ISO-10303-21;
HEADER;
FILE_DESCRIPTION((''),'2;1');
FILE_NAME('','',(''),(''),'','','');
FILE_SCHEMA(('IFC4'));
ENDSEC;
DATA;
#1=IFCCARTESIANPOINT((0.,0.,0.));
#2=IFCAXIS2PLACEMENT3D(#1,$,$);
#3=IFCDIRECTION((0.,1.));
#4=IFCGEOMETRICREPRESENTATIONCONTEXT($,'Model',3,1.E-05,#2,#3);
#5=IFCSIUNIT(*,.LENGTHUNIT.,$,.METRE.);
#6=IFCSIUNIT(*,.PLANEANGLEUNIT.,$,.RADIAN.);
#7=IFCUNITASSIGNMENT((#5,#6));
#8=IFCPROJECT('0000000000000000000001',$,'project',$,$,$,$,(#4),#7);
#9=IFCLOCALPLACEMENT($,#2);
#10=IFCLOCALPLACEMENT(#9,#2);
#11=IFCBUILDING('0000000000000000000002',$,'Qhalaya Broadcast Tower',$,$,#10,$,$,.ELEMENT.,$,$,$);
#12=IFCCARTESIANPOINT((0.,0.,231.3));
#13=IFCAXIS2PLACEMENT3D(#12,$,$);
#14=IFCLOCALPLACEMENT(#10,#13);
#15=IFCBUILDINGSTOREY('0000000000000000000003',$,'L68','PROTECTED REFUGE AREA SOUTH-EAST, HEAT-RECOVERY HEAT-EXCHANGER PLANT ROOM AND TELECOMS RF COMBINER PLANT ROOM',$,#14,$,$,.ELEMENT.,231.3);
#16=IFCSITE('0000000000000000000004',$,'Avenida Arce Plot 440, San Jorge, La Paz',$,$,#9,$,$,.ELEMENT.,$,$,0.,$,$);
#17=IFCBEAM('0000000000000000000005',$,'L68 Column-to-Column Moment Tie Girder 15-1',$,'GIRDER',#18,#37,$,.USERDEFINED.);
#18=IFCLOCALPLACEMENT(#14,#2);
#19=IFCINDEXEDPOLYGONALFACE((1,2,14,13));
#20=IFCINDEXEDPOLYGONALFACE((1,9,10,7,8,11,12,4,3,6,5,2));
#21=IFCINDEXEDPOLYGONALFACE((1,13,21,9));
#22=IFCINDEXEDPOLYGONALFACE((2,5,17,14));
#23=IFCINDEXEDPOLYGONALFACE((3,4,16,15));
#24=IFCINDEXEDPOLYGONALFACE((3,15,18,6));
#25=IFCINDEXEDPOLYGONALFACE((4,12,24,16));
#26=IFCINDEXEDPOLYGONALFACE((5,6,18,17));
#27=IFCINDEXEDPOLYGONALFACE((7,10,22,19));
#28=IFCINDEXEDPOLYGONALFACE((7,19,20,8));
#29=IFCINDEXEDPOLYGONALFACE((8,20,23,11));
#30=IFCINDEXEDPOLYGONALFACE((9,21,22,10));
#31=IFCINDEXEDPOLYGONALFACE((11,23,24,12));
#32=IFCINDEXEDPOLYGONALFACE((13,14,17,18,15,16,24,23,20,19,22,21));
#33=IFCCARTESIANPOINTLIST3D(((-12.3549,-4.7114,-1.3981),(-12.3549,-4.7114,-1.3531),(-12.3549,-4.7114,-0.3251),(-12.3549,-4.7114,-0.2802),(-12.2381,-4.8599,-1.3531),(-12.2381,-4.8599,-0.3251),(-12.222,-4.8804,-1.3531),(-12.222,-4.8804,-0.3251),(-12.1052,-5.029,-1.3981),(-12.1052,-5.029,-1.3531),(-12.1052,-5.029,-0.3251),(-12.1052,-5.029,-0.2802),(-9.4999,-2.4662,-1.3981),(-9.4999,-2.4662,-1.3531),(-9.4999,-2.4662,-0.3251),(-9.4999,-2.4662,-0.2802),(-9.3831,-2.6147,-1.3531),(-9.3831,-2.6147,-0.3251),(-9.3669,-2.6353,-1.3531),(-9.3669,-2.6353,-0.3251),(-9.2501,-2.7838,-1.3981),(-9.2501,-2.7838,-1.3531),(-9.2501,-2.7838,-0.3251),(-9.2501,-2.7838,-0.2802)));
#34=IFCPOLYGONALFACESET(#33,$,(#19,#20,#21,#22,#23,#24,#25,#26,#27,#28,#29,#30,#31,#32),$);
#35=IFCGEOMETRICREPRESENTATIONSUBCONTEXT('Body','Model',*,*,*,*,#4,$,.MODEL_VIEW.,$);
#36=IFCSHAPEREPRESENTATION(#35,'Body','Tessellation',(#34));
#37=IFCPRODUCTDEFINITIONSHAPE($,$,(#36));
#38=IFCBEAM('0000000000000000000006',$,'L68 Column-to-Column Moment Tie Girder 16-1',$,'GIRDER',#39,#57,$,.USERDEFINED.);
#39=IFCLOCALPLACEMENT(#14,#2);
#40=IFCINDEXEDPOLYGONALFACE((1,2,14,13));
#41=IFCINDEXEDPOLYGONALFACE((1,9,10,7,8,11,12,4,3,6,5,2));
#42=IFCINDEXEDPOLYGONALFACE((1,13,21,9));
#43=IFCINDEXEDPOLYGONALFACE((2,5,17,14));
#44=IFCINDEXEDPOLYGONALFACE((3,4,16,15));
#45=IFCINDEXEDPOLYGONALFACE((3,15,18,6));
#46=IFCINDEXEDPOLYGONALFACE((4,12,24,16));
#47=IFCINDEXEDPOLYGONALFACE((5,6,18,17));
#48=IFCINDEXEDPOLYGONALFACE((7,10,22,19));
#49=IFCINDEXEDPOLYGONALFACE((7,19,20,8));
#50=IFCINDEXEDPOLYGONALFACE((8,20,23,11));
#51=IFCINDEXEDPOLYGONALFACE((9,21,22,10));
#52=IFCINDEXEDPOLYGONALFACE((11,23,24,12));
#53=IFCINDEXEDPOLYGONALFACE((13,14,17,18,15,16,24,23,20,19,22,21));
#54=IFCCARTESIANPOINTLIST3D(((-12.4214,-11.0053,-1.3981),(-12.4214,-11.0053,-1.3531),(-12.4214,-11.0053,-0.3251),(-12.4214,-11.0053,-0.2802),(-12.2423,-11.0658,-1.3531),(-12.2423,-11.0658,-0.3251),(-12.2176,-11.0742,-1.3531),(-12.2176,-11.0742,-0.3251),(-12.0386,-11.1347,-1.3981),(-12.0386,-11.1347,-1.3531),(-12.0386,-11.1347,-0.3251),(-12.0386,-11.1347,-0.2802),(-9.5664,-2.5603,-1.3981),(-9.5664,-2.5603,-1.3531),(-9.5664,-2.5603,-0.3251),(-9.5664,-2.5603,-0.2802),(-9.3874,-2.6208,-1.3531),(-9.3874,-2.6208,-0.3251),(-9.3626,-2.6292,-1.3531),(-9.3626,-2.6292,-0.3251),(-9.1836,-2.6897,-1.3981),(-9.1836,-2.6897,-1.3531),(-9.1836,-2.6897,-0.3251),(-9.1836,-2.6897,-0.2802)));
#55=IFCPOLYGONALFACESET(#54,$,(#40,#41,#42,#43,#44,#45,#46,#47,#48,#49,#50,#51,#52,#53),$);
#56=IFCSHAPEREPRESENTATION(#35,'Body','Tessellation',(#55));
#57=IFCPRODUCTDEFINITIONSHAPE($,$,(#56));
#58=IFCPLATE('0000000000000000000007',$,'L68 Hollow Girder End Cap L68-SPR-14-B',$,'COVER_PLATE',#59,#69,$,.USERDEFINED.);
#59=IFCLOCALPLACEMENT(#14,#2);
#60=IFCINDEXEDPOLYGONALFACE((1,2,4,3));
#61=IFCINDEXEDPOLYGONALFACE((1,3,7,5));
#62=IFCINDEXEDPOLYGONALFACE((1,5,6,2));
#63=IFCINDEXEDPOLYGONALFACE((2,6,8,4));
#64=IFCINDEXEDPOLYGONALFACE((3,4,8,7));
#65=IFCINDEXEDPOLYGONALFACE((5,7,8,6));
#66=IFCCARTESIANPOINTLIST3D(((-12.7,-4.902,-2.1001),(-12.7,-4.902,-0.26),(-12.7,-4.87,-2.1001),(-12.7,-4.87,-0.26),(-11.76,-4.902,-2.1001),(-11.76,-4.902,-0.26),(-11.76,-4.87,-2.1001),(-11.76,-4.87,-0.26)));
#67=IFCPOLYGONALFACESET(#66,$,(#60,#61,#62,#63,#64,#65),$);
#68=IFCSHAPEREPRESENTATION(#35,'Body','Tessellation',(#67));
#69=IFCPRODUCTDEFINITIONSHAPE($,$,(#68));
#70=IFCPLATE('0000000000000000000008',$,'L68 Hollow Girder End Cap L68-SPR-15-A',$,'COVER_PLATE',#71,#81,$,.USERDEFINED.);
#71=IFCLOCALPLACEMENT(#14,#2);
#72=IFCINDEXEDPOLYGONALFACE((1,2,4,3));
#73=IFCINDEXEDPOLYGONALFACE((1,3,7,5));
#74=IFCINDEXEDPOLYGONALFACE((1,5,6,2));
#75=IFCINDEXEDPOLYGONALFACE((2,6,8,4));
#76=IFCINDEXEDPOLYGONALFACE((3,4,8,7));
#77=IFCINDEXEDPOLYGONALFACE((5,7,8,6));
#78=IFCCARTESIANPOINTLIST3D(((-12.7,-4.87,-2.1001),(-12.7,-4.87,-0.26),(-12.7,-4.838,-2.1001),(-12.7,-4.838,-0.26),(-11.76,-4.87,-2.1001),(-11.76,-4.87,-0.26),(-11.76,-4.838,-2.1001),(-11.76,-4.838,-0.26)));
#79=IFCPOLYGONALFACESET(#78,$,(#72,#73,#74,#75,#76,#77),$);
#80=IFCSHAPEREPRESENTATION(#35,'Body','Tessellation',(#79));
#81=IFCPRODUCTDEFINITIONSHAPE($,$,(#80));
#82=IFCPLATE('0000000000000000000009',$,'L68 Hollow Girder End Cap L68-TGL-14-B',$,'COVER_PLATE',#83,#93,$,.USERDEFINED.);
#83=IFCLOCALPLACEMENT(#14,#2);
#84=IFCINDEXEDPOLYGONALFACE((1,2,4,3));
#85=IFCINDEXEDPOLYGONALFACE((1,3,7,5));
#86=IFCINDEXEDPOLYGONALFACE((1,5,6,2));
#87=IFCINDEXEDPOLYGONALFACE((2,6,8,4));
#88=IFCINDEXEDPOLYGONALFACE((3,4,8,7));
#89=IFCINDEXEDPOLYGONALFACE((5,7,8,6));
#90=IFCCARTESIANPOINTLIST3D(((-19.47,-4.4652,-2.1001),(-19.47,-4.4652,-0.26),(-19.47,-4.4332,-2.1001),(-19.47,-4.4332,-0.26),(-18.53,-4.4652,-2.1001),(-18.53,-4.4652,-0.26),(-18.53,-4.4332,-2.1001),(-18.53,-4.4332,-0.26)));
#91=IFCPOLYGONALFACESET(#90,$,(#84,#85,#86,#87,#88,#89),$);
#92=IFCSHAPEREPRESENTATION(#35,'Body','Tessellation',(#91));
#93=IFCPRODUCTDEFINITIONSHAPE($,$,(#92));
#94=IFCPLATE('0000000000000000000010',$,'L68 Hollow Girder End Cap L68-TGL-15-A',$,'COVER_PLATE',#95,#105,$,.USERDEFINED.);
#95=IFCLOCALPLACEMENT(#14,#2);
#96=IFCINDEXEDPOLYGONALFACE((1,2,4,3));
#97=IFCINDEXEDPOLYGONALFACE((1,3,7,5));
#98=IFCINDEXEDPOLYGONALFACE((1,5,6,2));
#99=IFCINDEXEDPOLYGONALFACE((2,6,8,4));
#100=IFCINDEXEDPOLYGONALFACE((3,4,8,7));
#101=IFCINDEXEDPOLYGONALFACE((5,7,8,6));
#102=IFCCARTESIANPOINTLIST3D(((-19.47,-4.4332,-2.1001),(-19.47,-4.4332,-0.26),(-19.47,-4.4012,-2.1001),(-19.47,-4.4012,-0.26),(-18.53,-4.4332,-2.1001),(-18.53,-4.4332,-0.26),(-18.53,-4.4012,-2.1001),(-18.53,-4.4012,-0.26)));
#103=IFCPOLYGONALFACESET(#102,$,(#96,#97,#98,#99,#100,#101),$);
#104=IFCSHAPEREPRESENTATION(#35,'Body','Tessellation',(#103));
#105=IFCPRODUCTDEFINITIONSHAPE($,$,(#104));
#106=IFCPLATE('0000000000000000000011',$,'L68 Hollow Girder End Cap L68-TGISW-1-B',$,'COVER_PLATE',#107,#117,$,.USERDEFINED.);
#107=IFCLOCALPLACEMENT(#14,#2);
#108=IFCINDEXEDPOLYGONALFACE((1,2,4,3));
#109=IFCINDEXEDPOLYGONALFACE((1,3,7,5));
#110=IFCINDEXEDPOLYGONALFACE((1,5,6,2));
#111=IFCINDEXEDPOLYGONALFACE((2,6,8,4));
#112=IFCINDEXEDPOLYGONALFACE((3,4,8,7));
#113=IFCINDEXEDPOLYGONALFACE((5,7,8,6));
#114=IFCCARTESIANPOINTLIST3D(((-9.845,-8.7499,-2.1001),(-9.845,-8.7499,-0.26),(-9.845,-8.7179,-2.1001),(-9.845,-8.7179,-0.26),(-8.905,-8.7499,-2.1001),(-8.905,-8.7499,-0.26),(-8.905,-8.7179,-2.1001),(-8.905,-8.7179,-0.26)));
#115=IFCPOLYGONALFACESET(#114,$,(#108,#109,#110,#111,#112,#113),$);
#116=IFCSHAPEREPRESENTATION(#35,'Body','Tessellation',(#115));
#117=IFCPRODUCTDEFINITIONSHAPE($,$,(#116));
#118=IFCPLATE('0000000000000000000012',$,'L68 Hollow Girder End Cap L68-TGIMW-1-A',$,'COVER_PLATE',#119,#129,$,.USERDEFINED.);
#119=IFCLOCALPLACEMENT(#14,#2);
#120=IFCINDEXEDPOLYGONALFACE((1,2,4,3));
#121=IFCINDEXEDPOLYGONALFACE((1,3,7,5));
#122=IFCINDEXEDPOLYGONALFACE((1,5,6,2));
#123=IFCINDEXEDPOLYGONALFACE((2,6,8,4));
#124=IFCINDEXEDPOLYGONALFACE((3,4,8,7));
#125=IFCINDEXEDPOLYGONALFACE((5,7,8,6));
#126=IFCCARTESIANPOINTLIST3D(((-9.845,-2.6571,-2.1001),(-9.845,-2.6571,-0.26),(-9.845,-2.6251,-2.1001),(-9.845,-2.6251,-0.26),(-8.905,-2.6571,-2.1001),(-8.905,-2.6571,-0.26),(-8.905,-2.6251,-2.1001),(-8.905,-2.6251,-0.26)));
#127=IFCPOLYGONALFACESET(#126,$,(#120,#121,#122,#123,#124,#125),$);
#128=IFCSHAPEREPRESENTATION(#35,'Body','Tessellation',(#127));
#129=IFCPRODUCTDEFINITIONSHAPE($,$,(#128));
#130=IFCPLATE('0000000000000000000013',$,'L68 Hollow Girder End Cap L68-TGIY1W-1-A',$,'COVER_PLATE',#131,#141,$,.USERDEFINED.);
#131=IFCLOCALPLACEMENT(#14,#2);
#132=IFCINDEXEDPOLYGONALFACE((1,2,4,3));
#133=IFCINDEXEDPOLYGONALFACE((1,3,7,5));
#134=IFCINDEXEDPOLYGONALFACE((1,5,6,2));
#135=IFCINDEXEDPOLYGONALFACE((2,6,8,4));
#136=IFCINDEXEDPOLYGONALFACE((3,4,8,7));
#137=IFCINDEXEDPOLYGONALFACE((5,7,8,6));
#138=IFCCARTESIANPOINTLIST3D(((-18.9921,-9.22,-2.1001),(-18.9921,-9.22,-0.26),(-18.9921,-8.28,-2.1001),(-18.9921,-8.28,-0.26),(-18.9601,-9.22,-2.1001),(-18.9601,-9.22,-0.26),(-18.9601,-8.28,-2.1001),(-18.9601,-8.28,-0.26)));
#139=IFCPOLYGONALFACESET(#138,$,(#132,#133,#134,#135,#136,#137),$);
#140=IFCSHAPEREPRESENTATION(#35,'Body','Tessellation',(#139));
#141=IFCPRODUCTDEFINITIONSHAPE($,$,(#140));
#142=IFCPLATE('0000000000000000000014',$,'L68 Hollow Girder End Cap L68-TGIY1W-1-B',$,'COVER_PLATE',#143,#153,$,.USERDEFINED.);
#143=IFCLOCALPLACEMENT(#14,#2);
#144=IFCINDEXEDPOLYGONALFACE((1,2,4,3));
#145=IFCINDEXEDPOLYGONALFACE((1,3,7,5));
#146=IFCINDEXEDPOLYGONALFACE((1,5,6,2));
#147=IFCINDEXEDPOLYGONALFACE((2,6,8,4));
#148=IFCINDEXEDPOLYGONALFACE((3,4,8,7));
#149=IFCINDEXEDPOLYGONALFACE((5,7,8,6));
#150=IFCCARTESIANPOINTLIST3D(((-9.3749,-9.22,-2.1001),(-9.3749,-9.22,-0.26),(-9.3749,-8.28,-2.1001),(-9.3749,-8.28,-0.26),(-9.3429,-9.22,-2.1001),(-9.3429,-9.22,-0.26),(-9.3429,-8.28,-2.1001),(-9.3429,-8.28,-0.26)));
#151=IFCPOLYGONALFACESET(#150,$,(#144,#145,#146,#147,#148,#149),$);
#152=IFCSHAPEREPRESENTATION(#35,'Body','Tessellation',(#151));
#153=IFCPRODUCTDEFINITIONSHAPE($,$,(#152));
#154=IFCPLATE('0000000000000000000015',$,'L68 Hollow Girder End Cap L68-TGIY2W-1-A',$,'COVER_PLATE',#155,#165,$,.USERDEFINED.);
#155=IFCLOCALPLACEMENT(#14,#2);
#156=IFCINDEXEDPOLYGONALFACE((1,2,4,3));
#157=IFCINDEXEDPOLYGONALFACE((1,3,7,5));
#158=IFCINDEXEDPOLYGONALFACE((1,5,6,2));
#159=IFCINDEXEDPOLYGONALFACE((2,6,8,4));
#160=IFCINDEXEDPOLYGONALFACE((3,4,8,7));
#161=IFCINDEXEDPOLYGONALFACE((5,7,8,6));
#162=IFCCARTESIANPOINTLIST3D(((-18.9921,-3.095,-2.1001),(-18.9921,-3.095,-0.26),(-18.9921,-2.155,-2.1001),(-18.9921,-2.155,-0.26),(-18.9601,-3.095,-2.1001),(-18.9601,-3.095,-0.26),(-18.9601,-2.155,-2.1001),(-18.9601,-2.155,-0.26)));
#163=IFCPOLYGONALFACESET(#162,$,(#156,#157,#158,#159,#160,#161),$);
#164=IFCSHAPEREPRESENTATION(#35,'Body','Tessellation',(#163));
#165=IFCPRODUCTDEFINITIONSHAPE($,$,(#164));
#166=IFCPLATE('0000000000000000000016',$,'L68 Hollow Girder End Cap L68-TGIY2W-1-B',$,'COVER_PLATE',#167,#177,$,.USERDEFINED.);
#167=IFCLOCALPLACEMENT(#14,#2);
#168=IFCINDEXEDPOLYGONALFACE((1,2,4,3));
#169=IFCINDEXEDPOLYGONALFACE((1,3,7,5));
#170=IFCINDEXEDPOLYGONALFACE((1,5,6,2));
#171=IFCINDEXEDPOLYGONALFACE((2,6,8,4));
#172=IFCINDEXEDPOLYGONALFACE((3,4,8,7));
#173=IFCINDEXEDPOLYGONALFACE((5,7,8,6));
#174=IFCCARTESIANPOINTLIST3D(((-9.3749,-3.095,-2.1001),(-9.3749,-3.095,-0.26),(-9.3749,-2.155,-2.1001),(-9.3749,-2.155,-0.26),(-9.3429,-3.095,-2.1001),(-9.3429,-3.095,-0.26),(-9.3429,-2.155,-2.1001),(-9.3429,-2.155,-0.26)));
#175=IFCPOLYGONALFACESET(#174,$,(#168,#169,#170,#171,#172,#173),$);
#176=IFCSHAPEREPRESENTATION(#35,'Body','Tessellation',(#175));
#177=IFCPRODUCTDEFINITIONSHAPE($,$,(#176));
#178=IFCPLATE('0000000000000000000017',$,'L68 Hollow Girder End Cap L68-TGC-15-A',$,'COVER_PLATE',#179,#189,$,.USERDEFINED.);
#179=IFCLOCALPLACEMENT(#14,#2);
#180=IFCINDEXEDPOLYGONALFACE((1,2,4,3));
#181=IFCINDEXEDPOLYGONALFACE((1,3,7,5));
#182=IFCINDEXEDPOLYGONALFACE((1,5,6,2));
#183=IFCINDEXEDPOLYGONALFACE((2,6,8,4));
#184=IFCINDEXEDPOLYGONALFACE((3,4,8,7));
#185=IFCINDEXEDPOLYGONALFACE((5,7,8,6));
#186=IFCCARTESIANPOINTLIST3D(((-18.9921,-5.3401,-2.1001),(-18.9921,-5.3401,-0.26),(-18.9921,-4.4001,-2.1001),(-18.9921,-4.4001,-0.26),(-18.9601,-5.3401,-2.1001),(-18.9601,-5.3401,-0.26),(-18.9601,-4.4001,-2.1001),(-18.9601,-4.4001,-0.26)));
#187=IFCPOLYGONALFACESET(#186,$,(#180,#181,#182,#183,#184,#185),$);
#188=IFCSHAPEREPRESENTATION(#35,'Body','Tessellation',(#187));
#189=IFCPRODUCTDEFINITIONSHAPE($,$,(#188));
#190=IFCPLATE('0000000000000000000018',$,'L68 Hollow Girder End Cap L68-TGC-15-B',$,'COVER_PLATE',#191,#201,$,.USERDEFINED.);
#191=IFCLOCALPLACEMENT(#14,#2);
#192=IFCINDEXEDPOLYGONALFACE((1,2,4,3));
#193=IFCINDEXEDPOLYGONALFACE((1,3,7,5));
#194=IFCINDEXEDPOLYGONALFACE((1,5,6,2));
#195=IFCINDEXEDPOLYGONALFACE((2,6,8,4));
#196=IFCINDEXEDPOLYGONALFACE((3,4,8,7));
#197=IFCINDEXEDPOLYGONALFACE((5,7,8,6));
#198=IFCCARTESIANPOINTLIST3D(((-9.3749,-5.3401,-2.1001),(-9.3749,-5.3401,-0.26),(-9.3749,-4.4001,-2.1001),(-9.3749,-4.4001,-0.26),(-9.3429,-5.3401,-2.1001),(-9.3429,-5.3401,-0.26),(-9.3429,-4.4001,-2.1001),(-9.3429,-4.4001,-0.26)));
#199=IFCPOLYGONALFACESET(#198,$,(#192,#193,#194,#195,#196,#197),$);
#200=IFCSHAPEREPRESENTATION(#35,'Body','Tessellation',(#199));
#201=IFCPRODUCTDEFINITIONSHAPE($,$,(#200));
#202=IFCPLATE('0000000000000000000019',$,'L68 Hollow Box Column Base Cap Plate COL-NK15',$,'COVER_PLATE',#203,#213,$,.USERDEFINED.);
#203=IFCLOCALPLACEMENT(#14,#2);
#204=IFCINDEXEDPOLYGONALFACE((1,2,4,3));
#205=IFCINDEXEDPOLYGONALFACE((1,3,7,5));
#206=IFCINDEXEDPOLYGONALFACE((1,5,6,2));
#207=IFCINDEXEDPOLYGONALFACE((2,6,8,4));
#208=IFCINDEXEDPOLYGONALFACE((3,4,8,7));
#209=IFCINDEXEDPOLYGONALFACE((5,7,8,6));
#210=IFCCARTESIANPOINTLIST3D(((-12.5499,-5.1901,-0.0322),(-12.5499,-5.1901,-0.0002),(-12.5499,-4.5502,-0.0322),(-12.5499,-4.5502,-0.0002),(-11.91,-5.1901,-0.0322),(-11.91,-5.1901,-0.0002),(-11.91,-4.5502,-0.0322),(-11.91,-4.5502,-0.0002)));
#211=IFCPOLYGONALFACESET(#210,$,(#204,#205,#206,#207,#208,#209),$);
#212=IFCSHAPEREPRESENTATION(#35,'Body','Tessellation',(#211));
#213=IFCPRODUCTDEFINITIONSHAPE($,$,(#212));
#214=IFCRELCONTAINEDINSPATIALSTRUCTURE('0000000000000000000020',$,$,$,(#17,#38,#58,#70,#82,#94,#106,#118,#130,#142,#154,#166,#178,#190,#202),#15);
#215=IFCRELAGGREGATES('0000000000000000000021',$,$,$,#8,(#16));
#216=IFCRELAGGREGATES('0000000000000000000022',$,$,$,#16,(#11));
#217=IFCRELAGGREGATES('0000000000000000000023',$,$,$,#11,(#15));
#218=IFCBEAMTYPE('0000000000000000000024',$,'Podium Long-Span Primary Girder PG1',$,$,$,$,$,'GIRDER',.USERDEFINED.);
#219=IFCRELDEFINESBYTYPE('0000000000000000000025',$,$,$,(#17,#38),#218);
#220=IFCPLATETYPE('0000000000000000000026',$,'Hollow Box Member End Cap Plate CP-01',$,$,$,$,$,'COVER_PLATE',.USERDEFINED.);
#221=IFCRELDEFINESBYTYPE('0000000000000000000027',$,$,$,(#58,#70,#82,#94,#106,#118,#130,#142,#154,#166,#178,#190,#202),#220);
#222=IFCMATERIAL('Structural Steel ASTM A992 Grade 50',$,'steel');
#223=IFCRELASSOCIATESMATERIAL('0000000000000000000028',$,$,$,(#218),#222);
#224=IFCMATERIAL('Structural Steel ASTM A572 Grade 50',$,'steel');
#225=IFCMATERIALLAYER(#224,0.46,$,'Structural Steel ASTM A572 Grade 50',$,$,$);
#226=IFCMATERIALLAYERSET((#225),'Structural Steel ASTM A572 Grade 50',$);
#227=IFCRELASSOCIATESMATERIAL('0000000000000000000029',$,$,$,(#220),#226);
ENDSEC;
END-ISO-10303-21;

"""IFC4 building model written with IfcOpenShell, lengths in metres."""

from ifc_helpers import new_model, si_unit, direction, frame, origin, origin_2d, place, context, subcontext, project, spatial, rectangle, i_section, extrude, material, layer, layer_set, material_profile, profile_set, type_object, element, save


model = new_model("IFC4")

# Units and contexts
model_context = context("Model", 3, precision=1e-05, world=origin(), true_north=direction((0.0, 1.0)))
body_context = subcontext(model_context, "Body", "Model", "MODEL_VIEW")
ifc_project = project(units=[si_unit("LENGTHUNIT", "METRE"), si_unit("PLANEANGLEUNIT", "RADIAN")], contexts=[model_context])

# Site, building, storey
site_placement = place(None, origin())
site = spatial("IfcSite", under=ifc_project, at=site_placement, Name="Avenida Arce Plot 440, San Jorge, La Paz", CompositionType="ELEMENT", RefElevation=0.0)
building_placement = place(site_placement, origin())
building = spatial("IfcBuilding", under=site, at=building_placement, Name="Qhalaya Broadcast Tower", CompositionType="ELEMENT")
storey_placement = place(building_placement, frame((0.0, 0.0, 231.3)))
storey = spatial("IfcBuildingStorey", under=building, at=storey_placement, Name="L68", Description="PROTECTED REFUGE AREA SOUTH-EAST, HEAT-RECOVERY HEAT-EXCHANGER PLANT ROOM AND TELECOMS RF COMBINER PLANT ROOM", CompositionType="ELEMENT", Elevation=231.3)

# Shared definitions
ifc_material_1 = material(Name="Structural Steel ASTM A572 Grade 50", Category="steel")

# Beams
ifc_material_2 = material(Name="Structural Steel ASTM A992 Grade 50", Category="steel")
ifc_material_profile_1 = material_profile(ifc_material_2, i_section(OverallWidth=0.4041, OverallDepth=1.1179, WebThickness=0.0261, FlangeThickness=0.0449, at=origin_2d()), Name="W44X335")
ifc_profile_set_1 = profile_set([ifc_material_profile_1], Name="Structural Steel ASTM A992 Grade 50")
beam_type_1 = type_object("IfcBeamType", Name="Podium Long-Span Primary Girder PG1", ElementType="GIRDER", PredefinedType="USERDEFINED", material=ifc_profile_set_1)
beam_1_placement = place(storey_placement, frame((-9.375, -2.625, -0.8391), z_axis=(-0.786062, -0.618148, 0.0), x_axis=(0.618148, -0.786062, 0.0)))
element("IfcBeam", 1, at=beam_1_placement, inside=storey, type_object=beam_type_1, Name="L68 Column-to-Column Moment Tie Girder 15-1", ObjectType="GIRDER", PredefinedType="USERDEFINED", context=body_context, shape_type="SweptSolid", body=[
    extrude(i_section(OverallWidth=0.4041, OverallDepth=1.1179, WebThickness=0.0261, FlangeThickness=0.0449, at=origin_2d()), origin(), (0.0, 0.0, 1.0), 3.6321),
])
beam_2_placement = place(storey_placement, frame((-9.375, -2.625, -0.8391), z_axis=(-0.320259, -0.94733, 0.0), x_axis=(0.94733, -0.320259, 0.0)))
element("IfcBeam", 2, at=beam_2_placement, inside=storey, type_object=beam_type_1, Name="L68 Column-to-Column Moment Tie Girder 16-1", ObjectType="GIRDER", PredefinedType="USERDEFINED", context=body_context, shape_type="SweptSolid", body=[
    extrude(i_section(OverallWidth=0.4041, OverallDepth=1.1179, WebThickness=0.0261, FlangeThickness=0.0449, at=origin_2d()), origin(), (0.0, 0.0, 1.0), 8.9146),
])

# Plates
ifc_layer_1 = layer(ifc_material_1, 0.46, Name="Structural Steel ASTM A572 Grade 50")
ifc_layer_set_1 = layer_set([ifc_layer_1], Name="Structural Steel ASTM A572 Grade 50")
plate_type = type_object("IfcPlateType", Name="Hollow Box Member End Cap Plate CP-01", ElementType="COVER_PLATE", PredefinedType="USERDEFINED", material=ifc_layer_set_1)
for number, where, z_axis, x_axis, name in (
    (3, (-12.23, -4.886, -2.1001), (0.0, 0.0, 1.0), (1.0, 0.0, 0.0), "L68 Hollow Girder End Cap L68-SPR-14-B"),
    (4, (-12.23, -4.854, -2.1001), (0.0, 0.0, 1.0), (1.0, 0.0, 0.0), "L68 Hollow Girder End Cap L68-SPR-15-A"),
    (5, (-19.0, -4.4492, -2.1001), (0.0, 0.0, 1.0), (1.0, 0.0, 0.0), "L68 Hollow Girder End Cap L68-TGL-14-B"),
    (6, (-19.0, -4.4172, -2.1001), (0.0, 0.0, 1.0), (1.0, 0.0, 0.0), "L68 Hollow Girder End Cap L68-TGL-15-A"),
    (7, (-9.375, -8.7339, -2.1001), (0.0, 0.0, 1.0), (-1.0, 0.0, 0.0), "L68 Hollow Girder End Cap L68-TGISW-1-B"),
    (8, (-9.375, -2.6411, -2.1001), (0.0, 0.0, 1.0), (-1.0, 0.0, 0.0), "L68 Hollow Girder End Cap L68-TGIMW-1-A"),
    (9, (-18.9761, -8.75, -2.1001), (0.0, 0.0, 1.0), (0.0, 1.0, 0.0), "L68 Hollow Girder End Cap L68-TGIY1W-1-A"),
    (10, (-9.3589, -8.75, -2.1001), (0.0, 0.0, 1.0), (0.0, 1.0, 0.0), "L68 Hollow Girder End Cap L68-TGIY1W-1-B"),
    (11, (-18.9761, -2.625, -2.1001), (0.0, 0.0, 1.0), (0.0, 1.0, 0.0), "L68 Hollow Girder End Cap L68-TGIY2W-1-A"),
    (12, (-9.3589, -2.625, -2.1001), (0.0, 0.0, 1.0), (0.0, 1.0, 0.0), "L68 Hollow Girder End Cap L68-TGIY2W-1-B"),
    (13, (-18.9761, -4.8701, -2.1001), (0.0, 0.0, 1.0), (0.0, 1.0, 0.0), "L68 Hollow Girder End Cap L68-TGC-15-A"),
    (14, (-9.3589, -4.8701, -2.1001), (0.0, 0.0, 1.0), (0.0, 1.0, 0.0), "L68 Hollow Girder End Cap L68-TGC-15-B"),
):
    element("IfcPlate", number, at=place(storey_placement, frame(where, z_axis=z_axis, x_axis=x_axis)), inside=storey, type_object=plate_type, Name=name, ObjectType="COVER_PLATE", PredefinedType="USERDEFINED", context=body_context, shape_type="SweptSolid", body=[
        extrude(rectangle(XDim=0.9399, YDim=0.032, at=origin_2d()), origin(), (0.0, 0.0, 1.0), 1.8401),
    ])
plate_placement = place(storey_placement, frame((-12.23, -4.8701, -0.0322), z_axis=(0.0, 0.0, 1.0), x_axis=(0.0, 1.0, 0.0)))
element("IfcPlate", 15, at=plate_placement, inside=storey, type_object=plate_type, Name="L68 Hollow Box Column Base Cap Plate COL-NK15", ObjectType="COVER_PLATE", PredefinedType="USERDEFINED", context=body_context, shape_type="SweptSolid", body=[
    extrude(rectangle(XDim=0.6399, YDim=0.6399, at=origin_2d()), origin(), (0.0, 0.0, 1.0), 0.032),
])

save(model, "model.ifc")
